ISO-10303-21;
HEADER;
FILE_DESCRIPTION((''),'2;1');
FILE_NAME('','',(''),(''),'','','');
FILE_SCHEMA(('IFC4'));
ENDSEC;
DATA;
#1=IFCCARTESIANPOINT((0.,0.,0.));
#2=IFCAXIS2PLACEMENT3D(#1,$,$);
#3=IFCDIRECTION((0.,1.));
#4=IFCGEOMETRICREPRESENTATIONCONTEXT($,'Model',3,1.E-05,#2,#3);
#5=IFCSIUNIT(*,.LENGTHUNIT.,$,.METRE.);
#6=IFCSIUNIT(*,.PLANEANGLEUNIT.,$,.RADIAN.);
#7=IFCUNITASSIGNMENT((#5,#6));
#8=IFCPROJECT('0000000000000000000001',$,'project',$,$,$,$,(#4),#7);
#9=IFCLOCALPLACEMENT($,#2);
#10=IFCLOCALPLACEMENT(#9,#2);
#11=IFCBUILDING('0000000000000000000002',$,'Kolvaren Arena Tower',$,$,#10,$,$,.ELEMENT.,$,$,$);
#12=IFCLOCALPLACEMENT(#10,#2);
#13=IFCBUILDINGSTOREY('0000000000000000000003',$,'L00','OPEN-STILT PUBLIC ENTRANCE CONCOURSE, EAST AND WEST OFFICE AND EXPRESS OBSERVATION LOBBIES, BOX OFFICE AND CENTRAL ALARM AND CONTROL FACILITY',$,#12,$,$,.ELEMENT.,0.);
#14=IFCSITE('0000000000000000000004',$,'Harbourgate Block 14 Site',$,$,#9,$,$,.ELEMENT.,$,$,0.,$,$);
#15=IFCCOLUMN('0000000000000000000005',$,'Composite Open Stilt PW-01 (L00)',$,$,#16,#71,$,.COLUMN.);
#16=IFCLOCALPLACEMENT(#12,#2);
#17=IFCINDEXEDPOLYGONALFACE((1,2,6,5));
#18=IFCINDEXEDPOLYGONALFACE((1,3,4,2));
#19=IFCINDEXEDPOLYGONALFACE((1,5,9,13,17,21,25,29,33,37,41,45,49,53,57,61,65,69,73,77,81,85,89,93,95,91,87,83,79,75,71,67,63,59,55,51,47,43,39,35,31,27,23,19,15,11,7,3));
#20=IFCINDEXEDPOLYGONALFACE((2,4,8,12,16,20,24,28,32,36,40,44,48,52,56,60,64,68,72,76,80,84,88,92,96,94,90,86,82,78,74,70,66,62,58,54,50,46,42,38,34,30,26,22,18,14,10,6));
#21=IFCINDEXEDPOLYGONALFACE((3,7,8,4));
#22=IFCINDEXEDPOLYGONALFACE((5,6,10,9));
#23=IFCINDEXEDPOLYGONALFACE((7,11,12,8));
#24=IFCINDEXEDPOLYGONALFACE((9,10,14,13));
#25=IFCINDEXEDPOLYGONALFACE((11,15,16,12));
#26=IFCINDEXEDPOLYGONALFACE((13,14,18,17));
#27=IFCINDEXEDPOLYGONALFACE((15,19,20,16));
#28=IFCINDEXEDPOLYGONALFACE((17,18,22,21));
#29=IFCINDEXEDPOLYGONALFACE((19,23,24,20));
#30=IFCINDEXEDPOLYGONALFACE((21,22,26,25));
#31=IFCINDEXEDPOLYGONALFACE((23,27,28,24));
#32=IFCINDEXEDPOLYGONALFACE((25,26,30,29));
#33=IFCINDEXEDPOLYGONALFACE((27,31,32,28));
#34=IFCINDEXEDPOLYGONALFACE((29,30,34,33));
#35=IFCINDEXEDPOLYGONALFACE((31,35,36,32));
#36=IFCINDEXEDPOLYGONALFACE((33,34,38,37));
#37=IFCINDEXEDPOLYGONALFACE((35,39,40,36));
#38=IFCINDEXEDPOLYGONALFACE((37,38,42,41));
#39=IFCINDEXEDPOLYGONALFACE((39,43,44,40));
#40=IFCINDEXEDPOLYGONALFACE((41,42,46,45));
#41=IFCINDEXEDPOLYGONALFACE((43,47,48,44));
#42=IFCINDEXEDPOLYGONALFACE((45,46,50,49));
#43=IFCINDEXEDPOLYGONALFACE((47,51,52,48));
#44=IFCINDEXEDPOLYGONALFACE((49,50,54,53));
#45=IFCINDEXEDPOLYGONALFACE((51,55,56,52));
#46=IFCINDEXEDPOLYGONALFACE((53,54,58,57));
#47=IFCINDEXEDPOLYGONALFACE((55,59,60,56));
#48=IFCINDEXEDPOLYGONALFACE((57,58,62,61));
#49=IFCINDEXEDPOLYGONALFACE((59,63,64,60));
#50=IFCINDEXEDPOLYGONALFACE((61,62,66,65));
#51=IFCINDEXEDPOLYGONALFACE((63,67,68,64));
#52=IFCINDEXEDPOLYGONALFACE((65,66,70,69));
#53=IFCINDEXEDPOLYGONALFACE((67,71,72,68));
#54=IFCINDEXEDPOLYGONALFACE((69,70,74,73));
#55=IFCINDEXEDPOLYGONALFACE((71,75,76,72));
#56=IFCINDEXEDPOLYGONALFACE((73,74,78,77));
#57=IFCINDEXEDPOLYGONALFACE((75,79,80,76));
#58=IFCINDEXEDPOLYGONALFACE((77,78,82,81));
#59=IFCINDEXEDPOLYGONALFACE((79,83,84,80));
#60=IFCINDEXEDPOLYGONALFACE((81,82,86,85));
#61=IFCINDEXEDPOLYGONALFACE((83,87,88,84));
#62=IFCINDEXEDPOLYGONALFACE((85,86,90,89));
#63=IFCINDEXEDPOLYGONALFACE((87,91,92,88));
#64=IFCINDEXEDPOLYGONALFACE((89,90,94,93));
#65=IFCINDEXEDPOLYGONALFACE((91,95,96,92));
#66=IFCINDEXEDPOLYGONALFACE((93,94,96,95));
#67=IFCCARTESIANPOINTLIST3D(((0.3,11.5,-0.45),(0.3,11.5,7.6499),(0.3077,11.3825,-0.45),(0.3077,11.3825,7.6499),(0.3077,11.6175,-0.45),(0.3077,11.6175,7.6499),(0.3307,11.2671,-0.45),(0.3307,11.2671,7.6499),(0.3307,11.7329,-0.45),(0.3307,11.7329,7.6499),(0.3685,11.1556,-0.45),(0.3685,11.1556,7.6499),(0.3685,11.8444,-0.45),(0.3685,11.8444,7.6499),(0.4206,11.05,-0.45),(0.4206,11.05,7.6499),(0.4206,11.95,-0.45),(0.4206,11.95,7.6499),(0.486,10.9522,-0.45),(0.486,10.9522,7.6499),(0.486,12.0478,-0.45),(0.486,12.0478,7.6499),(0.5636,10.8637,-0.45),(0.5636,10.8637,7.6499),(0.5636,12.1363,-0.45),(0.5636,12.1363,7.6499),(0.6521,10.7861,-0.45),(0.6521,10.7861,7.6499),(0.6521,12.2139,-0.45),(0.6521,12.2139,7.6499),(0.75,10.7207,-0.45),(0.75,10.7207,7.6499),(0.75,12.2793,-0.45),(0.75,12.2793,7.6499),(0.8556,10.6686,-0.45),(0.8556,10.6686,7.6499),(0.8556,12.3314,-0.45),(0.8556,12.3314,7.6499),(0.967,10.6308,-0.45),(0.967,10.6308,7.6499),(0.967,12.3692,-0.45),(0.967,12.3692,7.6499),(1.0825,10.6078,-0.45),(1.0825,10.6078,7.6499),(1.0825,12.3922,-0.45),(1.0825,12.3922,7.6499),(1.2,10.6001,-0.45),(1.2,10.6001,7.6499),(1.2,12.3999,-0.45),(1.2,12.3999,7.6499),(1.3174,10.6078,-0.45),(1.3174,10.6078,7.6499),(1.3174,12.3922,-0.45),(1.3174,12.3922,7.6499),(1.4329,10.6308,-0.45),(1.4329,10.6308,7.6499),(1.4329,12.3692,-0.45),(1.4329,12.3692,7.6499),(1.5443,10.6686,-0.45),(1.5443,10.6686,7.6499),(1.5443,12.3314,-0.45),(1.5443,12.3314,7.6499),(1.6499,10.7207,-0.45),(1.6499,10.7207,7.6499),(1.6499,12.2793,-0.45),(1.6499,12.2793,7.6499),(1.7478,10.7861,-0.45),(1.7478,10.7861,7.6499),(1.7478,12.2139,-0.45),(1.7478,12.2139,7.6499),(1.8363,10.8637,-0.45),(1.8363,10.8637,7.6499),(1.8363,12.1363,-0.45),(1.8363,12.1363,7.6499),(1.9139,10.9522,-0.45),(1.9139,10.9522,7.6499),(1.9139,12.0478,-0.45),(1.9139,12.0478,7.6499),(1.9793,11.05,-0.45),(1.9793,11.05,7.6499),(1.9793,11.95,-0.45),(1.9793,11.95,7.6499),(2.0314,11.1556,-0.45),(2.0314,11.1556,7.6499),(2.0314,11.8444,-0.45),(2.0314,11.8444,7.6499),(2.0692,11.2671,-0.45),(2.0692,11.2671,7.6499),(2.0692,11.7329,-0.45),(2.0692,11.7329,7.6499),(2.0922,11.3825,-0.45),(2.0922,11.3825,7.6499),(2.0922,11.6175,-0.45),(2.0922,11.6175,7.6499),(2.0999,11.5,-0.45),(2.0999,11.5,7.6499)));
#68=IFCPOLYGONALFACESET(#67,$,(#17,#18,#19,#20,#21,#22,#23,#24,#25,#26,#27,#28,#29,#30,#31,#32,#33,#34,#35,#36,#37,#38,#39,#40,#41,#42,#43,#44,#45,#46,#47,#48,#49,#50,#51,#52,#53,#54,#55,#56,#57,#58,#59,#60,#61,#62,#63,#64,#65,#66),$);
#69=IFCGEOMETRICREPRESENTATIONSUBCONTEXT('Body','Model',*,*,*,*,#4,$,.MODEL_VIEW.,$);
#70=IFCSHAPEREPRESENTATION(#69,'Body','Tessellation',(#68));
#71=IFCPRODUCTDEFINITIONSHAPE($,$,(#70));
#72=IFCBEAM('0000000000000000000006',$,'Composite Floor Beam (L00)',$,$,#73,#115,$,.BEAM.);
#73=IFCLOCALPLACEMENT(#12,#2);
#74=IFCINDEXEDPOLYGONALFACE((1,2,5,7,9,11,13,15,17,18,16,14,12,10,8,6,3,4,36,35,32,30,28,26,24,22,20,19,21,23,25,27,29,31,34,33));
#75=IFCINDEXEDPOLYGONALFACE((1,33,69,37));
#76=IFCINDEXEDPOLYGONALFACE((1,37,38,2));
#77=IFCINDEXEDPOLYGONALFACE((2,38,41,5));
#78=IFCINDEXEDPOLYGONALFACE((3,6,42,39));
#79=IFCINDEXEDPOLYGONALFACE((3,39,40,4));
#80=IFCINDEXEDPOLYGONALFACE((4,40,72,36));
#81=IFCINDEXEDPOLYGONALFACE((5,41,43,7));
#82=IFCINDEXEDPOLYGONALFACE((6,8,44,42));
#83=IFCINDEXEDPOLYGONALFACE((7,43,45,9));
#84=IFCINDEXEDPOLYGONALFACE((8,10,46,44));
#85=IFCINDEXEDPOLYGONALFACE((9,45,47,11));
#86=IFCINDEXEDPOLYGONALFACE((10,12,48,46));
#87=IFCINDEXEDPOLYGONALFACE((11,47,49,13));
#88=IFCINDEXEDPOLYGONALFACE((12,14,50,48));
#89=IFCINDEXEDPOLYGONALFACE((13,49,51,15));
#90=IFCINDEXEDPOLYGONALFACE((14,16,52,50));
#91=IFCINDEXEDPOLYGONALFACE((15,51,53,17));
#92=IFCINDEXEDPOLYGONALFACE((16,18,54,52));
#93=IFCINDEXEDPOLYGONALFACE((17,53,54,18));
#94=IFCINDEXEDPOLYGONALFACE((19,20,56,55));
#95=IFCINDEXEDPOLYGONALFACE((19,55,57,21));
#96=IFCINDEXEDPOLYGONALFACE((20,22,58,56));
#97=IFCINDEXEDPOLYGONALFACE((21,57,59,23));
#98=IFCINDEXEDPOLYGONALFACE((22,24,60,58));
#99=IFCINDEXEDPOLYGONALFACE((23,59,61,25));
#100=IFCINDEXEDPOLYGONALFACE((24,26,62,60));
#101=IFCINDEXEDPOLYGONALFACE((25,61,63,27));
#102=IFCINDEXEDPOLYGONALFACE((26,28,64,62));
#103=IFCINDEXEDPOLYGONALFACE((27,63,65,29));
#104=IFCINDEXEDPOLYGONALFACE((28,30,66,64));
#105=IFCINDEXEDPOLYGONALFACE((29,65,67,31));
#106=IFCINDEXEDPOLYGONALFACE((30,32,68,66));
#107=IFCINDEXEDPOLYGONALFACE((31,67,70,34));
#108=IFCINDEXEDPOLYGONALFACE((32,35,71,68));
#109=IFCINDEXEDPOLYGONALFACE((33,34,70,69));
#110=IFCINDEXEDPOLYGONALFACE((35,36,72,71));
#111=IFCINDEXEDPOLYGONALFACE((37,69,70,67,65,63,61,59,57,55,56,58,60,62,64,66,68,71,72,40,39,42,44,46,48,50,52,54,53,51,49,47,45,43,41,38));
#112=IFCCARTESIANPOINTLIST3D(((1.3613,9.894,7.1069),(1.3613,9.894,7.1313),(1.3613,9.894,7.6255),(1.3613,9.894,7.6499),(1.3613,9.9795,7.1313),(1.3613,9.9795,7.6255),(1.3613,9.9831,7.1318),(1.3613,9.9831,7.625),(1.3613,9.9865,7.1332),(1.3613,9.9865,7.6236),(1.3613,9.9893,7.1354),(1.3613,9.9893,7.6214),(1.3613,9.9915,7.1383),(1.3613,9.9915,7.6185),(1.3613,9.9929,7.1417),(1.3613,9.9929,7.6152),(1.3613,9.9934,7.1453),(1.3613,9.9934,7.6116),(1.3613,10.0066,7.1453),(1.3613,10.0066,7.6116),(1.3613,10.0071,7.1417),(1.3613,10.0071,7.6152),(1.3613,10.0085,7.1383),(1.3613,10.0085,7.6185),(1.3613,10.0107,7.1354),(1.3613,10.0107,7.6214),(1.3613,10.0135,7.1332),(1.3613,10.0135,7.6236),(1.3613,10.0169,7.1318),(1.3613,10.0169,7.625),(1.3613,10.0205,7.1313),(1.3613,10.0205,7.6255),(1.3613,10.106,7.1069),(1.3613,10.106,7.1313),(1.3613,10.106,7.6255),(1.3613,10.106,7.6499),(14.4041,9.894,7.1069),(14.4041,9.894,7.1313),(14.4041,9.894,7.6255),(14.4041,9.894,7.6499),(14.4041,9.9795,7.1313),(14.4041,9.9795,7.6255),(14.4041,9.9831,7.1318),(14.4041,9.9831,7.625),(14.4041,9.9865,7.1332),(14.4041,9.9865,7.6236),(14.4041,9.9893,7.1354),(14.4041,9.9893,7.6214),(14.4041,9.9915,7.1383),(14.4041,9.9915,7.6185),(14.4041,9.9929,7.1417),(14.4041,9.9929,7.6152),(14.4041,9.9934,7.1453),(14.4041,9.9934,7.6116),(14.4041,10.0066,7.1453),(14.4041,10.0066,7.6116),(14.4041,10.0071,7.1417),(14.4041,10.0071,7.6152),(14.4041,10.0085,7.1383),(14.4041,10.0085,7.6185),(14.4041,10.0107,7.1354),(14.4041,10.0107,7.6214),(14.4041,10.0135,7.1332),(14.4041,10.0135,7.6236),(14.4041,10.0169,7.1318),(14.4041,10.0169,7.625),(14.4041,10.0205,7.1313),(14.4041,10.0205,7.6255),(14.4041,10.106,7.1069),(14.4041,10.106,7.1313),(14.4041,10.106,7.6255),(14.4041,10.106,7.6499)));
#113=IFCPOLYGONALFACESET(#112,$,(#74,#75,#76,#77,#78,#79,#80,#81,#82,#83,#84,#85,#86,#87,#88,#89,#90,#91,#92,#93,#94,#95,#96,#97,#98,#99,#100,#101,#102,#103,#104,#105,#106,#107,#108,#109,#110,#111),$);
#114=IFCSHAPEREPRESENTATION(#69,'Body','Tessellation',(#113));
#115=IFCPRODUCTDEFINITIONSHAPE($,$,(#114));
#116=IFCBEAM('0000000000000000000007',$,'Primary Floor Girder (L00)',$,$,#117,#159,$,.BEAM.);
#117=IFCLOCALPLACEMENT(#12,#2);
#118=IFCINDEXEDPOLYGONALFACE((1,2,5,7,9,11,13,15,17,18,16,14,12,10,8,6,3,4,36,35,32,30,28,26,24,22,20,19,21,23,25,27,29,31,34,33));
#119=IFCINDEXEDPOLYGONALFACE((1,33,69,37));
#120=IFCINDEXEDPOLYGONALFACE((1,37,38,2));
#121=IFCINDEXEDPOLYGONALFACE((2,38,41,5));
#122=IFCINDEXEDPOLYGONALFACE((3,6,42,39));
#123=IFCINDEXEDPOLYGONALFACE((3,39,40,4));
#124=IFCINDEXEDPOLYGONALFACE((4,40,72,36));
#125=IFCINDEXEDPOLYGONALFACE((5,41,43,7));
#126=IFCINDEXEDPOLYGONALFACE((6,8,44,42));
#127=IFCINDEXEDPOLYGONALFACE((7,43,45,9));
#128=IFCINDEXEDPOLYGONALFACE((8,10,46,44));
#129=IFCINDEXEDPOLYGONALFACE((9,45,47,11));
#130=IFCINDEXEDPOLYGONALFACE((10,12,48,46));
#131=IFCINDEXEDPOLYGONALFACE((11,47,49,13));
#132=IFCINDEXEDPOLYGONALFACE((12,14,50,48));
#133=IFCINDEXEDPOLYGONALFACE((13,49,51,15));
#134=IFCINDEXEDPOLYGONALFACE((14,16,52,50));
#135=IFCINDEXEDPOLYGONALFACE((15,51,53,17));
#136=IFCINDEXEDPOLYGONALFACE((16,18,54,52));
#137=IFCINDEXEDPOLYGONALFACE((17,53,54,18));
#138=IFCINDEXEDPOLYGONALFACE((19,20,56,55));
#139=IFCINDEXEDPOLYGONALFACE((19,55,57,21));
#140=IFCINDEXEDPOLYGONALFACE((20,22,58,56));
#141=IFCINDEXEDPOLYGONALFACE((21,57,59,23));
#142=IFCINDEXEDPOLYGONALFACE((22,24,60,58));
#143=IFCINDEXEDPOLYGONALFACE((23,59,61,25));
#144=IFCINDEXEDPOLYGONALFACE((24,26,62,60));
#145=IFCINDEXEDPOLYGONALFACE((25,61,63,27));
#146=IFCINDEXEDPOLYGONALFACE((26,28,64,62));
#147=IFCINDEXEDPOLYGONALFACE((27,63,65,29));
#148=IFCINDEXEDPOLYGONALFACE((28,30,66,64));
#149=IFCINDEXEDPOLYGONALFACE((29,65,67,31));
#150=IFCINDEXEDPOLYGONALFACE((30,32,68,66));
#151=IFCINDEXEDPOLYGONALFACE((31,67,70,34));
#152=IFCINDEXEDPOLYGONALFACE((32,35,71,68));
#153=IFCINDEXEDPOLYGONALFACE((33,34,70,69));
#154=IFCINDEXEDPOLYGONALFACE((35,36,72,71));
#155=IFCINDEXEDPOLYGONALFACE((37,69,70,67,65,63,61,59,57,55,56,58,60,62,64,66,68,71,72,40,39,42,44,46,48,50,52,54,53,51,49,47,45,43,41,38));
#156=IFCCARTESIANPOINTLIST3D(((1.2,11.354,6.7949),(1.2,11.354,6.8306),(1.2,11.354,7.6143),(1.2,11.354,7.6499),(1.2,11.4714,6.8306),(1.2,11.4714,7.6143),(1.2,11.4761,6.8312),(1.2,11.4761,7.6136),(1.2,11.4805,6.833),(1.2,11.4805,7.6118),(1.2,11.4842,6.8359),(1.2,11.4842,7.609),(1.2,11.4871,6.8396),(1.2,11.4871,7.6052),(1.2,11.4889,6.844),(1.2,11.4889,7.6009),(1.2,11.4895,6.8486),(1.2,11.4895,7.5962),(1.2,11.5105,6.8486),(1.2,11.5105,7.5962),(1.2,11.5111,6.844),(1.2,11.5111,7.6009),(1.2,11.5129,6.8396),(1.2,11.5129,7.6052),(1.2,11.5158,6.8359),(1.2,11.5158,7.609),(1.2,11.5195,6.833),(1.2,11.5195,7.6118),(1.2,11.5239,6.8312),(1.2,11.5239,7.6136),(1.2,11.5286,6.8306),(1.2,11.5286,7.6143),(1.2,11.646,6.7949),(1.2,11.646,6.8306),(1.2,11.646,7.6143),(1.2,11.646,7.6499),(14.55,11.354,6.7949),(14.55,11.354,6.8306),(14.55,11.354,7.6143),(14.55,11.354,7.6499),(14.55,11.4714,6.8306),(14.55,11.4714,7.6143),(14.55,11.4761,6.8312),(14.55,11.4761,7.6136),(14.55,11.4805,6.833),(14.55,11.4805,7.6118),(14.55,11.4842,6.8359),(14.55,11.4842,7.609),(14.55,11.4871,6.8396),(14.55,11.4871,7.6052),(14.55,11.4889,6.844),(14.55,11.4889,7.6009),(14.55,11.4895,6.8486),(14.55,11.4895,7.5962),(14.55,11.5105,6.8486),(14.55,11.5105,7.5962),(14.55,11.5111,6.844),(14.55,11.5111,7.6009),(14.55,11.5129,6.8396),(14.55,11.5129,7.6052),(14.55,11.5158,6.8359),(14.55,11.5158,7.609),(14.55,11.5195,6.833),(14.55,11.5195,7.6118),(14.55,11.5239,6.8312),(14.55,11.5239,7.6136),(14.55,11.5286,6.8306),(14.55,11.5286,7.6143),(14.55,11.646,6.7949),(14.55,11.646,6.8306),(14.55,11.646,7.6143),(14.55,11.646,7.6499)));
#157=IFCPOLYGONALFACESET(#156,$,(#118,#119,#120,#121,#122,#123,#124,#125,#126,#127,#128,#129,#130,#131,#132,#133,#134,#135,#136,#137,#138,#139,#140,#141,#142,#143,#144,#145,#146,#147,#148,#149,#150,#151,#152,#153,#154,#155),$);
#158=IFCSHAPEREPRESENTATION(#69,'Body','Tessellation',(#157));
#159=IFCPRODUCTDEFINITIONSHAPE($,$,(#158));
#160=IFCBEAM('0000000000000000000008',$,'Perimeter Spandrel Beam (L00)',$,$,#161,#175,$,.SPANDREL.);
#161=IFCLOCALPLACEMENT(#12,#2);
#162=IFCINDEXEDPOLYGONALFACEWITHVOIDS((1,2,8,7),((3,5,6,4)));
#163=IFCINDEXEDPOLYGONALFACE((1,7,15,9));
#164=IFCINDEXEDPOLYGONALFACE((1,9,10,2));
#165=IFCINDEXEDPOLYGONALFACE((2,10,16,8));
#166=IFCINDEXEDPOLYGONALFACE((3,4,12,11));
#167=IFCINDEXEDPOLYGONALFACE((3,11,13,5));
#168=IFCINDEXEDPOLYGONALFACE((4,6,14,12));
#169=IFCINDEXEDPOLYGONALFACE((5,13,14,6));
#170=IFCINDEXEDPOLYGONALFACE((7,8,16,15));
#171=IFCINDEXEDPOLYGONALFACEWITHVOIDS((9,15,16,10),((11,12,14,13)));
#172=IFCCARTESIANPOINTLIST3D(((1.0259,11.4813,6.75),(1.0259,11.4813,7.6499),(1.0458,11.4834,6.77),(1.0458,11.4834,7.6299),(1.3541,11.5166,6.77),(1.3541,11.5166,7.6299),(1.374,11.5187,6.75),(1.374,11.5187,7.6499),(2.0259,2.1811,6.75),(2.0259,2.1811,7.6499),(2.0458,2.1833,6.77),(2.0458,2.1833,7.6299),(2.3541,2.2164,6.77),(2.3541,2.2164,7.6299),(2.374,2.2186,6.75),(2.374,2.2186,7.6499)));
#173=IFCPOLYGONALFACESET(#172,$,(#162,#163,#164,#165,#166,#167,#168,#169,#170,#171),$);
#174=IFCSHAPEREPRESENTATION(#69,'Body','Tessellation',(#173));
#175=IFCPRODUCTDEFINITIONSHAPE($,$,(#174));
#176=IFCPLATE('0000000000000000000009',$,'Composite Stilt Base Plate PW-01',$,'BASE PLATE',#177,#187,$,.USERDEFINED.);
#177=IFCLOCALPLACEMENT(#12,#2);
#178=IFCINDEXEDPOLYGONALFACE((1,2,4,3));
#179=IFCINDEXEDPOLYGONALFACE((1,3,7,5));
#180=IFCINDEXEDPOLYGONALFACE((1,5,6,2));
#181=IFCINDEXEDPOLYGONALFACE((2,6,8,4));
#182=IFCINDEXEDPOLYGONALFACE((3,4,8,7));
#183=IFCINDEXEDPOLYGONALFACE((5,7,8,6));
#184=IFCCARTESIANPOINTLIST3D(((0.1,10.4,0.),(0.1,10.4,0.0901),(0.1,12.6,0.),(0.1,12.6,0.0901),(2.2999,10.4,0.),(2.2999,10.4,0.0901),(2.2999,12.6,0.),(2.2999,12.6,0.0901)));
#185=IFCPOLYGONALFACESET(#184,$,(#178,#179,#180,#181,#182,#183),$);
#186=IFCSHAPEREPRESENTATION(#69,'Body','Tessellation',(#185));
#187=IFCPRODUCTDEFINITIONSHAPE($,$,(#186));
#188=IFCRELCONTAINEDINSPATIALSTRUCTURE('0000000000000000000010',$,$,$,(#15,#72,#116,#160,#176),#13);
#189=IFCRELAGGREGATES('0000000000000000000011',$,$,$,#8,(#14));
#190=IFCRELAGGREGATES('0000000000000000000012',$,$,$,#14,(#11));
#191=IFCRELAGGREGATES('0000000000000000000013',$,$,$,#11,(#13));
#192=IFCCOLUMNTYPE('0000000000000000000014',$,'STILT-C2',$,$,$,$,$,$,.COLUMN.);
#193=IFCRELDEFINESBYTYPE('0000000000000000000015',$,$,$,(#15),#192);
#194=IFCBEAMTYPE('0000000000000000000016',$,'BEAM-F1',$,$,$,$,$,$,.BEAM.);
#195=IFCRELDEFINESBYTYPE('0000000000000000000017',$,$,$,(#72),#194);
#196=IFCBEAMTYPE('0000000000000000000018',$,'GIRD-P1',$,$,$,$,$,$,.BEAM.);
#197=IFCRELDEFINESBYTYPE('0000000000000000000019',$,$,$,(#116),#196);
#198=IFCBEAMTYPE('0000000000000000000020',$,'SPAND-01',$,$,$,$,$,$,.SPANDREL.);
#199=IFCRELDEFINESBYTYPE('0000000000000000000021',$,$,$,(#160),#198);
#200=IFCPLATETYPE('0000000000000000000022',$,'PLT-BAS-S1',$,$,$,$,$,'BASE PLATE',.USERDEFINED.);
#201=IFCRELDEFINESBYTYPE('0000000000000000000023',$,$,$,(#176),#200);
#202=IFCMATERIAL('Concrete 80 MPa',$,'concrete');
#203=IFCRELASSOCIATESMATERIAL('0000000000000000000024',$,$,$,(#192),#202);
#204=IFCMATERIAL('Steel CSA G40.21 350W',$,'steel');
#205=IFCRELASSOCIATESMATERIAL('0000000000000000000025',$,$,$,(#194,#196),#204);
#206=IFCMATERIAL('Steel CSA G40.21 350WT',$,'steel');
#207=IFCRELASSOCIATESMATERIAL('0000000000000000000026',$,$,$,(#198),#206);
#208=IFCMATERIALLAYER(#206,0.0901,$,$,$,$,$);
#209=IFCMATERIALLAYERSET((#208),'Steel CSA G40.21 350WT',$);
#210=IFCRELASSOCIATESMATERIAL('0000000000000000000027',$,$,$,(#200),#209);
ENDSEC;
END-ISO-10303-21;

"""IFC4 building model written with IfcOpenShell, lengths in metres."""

from ifc_helpers import new_model, si_unit, direction, frame, origin, origin_2d, place, context, subcontext, project, spatial, rectangle, hollow_rectangle, circle, i_section, extrude, material, layer, layer_set, material_profile, profile_set, type_object, element, save


model = new_model("IFC4")

# Units and contexts
model_context = context("Model", 3, precision=1e-05, world=origin(), true_north=direction((0.0, 1.0)))
body_context = subcontext(model_context, "Body", "Model", "MODEL_VIEW")
ifc_project = project(units=[si_unit("LENGTHUNIT", "METRE"), si_unit("PLANEANGLEUNIT", "RADIAN")], contexts=[model_context])

# Site, building, storey
site_placement = place(None, origin())
site = spatial("IfcSite", under=ifc_project, at=site_placement, Name="Harbourgate Block 14 Site", CompositionType="ELEMENT", RefElevation=0.0)
building_placement = place(site_placement, origin())
building = spatial("IfcBuilding", under=site, at=building_placement, Name="Kolvaren Arena Tower", CompositionType="ELEMENT")
storey_placement = place(building_placement, origin())
storey = spatial("IfcBuildingStorey", under=building, at=storey_placement, Name="L00", Description="OPEN-STILT PUBLIC ENTRANCE CONCOURSE, EAST AND WEST OFFICE AND EXPRESS OBSERVATION LOBBIES, BOX OFFICE AND CENTRAL ALARM AND CONTROL FACILITY", CompositionType="ELEMENT", Elevation=0.0)

# Column
ifc_material_1 = material(Name="Concrete 80 MPa", Category="concrete")
ifc_material_profile_1 = material_profile(ifc_material_1, circle(Radius=0.8999, at=origin_2d()), Name="RC-CIRC-1800")
ifc_profile_set_1 = profile_set([ifc_material_profile_1], Name="Concrete 80 MPa")
column_type = type_object("IfcColumnType", Name="STILT-C2", PredefinedType="COLUMN", material=ifc_profile_set_1)
column_placement = place(storey_placement, frame((1.2, 11.5, -0.45), z_axis=(0.0, 0.0, 1.0), x_axis=(1.0, 0.0, 0.0)))
element("IfcColumn", 1, at=column_placement, inside=storey, type_object=column_type, Name="Composite Open Stilt PW-01 (L00)", PredefinedType="COLUMN", context=body_context, shape_type="SweptSolid", body=[
    extrude(circle(Radius=0.8999, at=origin_2d()), origin(), (0.0, 0.0, 1.0), 8.0999),
])

# Beams
ifc_material_2 = material(Name="Steel CSA G40.21 350W", Category="steel")
ifc_material_profile_2 = material_profile(ifc_material_2, i_section(OverallWidth=0.2119, OverallDepth=0.543, WebThickness=0.0132, FlangeThickness=0.0244, FilletRadius=0.0139, at=origin_2d()), Name="W530x150")
ifc_profile_set_2 = profile_set([ifc_material_profile_2], Name="Steel CSA G40.21 350W")
beam_type_1 = type_object("IfcBeamType", Name="BEAM-F1", PredefinedType="BEAM", material=ifc_profile_set_2)
beam_1_placement = place(storey_placement, frame((1.3613, 10.0, 7.3784), z_axis=(1.0, 0.0, 0.0), x_axis=(0.0, 1.0, 0.0)))
element("IfcBeam", 2, at=beam_1_placement, inside=storey, type_object=beam_type_1, Name="Composite Floor Beam (L00)", PredefinedType="BEAM", context=body_context, shape_type="SweptSolid", body=[
    extrude(i_section(OverallWidth=0.2119, OverallDepth=0.543, WebThickness=0.0132, FlangeThickness=0.0244, FilletRadius=0.0139, at=origin_2d()), origin(), (0.0, 0.0, 1.0), 13.0427),
])
ifc_material_profile_3 = material_profile(ifc_material_2, i_section(OverallWidth=0.292, OverallDepth=0.855, WebThickness=0.021, FlangeThickness=0.0356, FilletRadius=0.0181, at=origin_2d()), Name="W840x299")
ifc_profile_set_3 = profile_set([ifc_material_profile_3], Name="Steel CSA G40.21 350W")
beam_type_2 = type_object("IfcBeamType", Name="GIRD-P1", PredefinedType="BEAM", material=ifc_profile_set_3)
beam_2_placement = place(storey_placement, frame((1.2, 11.5, 7.2224), z_axis=(1.0, 0.0, 0.0), x_axis=(0.0, 1.0, 0.0)))
element("IfcBeam", 3, at=beam_2_placement, inside=storey, type_object=beam_type_2, Name="Primary Floor Girder (L00)", PredefinedType="BEAM", context=body_context, shape_type="SweptSolid", body=[
    extrude(i_section(OverallWidth=0.292, OverallDepth=0.855, WebThickness=0.021, FlangeThickness=0.0356, FilletRadius=0.0181, at=origin_2d()), origin(), (0.0, 0.0, 1.0), 13.3501),
])
ifc_material_3 = material(Name="Steel CSA G40.21 350WT", Category="steel")
ifc_material_profile_4 = material_profile(ifc_material_3, hollow_rectangle(XDim=0.3501, YDim=0.8999, WallThickness=0.02, at=origin_2d()), Name="HSS 900x350x20")
ifc_profile_set_4 = profile_set([ifc_material_profile_4], Name="Steel CSA G40.21 350WT")
beam_type_3 = type_object("IfcBeamType", Name="SPAND-01", PredefinedType="SPANDREL", material=ifc_profile_set_4)
beam_3_placement = place(storey_placement, frame((1.2, 11.5, 7.2), z_axis=(0.10691, -0.994269, 0.0), x_axis=(0.994269, 0.10691, 0.0)))
element("IfcBeam", 4, at=beam_3_placement, inside=storey, type_object=beam_type_3, Name="Perimeter Spandrel Beam (L00)", PredefinedType="SPANDREL", context=body_context, shape_type="SweptSolid", body=[
    extrude(hollow_rectangle(XDim=0.3501, YDim=0.8999, WallThickness=0.02, at=origin_2d()), origin(), (0.0, 0.0, 1.0), 9.3538),
])

# Plate
ifc_layer_1 = layer(ifc_material_3, 0.0901)
ifc_layer_set_1 = layer_set([ifc_layer_1], Name="Steel CSA G40.21 350WT")
plate_type = type_object("IfcPlateType", Name="PLT-BAS-S1", ElementType="BASE PLATE", PredefinedType="USERDEFINED", material=ifc_layer_set_1)
plate_placement = place(storey_placement, frame((1.2, 11.5, 0.0), z_axis=(0.0, 0.0, 1.0), x_axis=(1.0, 0.0, 0.0)))
element("IfcPlate", 5, at=plate_placement, inside=storey, type_object=plate_type, Name="Composite Stilt Base Plate PW-01", ObjectType="BASE PLATE", PredefinedType="USERDEFINED", context=body_context, shape_type="SweptSolid", body=[
    extrude(rectangle(XDim=2.2, YDim=2.2, at=origin_2d()), origin(), (0.0, 0.0, 1.0), 0.0901),
])

save(model, "model.ifc")
